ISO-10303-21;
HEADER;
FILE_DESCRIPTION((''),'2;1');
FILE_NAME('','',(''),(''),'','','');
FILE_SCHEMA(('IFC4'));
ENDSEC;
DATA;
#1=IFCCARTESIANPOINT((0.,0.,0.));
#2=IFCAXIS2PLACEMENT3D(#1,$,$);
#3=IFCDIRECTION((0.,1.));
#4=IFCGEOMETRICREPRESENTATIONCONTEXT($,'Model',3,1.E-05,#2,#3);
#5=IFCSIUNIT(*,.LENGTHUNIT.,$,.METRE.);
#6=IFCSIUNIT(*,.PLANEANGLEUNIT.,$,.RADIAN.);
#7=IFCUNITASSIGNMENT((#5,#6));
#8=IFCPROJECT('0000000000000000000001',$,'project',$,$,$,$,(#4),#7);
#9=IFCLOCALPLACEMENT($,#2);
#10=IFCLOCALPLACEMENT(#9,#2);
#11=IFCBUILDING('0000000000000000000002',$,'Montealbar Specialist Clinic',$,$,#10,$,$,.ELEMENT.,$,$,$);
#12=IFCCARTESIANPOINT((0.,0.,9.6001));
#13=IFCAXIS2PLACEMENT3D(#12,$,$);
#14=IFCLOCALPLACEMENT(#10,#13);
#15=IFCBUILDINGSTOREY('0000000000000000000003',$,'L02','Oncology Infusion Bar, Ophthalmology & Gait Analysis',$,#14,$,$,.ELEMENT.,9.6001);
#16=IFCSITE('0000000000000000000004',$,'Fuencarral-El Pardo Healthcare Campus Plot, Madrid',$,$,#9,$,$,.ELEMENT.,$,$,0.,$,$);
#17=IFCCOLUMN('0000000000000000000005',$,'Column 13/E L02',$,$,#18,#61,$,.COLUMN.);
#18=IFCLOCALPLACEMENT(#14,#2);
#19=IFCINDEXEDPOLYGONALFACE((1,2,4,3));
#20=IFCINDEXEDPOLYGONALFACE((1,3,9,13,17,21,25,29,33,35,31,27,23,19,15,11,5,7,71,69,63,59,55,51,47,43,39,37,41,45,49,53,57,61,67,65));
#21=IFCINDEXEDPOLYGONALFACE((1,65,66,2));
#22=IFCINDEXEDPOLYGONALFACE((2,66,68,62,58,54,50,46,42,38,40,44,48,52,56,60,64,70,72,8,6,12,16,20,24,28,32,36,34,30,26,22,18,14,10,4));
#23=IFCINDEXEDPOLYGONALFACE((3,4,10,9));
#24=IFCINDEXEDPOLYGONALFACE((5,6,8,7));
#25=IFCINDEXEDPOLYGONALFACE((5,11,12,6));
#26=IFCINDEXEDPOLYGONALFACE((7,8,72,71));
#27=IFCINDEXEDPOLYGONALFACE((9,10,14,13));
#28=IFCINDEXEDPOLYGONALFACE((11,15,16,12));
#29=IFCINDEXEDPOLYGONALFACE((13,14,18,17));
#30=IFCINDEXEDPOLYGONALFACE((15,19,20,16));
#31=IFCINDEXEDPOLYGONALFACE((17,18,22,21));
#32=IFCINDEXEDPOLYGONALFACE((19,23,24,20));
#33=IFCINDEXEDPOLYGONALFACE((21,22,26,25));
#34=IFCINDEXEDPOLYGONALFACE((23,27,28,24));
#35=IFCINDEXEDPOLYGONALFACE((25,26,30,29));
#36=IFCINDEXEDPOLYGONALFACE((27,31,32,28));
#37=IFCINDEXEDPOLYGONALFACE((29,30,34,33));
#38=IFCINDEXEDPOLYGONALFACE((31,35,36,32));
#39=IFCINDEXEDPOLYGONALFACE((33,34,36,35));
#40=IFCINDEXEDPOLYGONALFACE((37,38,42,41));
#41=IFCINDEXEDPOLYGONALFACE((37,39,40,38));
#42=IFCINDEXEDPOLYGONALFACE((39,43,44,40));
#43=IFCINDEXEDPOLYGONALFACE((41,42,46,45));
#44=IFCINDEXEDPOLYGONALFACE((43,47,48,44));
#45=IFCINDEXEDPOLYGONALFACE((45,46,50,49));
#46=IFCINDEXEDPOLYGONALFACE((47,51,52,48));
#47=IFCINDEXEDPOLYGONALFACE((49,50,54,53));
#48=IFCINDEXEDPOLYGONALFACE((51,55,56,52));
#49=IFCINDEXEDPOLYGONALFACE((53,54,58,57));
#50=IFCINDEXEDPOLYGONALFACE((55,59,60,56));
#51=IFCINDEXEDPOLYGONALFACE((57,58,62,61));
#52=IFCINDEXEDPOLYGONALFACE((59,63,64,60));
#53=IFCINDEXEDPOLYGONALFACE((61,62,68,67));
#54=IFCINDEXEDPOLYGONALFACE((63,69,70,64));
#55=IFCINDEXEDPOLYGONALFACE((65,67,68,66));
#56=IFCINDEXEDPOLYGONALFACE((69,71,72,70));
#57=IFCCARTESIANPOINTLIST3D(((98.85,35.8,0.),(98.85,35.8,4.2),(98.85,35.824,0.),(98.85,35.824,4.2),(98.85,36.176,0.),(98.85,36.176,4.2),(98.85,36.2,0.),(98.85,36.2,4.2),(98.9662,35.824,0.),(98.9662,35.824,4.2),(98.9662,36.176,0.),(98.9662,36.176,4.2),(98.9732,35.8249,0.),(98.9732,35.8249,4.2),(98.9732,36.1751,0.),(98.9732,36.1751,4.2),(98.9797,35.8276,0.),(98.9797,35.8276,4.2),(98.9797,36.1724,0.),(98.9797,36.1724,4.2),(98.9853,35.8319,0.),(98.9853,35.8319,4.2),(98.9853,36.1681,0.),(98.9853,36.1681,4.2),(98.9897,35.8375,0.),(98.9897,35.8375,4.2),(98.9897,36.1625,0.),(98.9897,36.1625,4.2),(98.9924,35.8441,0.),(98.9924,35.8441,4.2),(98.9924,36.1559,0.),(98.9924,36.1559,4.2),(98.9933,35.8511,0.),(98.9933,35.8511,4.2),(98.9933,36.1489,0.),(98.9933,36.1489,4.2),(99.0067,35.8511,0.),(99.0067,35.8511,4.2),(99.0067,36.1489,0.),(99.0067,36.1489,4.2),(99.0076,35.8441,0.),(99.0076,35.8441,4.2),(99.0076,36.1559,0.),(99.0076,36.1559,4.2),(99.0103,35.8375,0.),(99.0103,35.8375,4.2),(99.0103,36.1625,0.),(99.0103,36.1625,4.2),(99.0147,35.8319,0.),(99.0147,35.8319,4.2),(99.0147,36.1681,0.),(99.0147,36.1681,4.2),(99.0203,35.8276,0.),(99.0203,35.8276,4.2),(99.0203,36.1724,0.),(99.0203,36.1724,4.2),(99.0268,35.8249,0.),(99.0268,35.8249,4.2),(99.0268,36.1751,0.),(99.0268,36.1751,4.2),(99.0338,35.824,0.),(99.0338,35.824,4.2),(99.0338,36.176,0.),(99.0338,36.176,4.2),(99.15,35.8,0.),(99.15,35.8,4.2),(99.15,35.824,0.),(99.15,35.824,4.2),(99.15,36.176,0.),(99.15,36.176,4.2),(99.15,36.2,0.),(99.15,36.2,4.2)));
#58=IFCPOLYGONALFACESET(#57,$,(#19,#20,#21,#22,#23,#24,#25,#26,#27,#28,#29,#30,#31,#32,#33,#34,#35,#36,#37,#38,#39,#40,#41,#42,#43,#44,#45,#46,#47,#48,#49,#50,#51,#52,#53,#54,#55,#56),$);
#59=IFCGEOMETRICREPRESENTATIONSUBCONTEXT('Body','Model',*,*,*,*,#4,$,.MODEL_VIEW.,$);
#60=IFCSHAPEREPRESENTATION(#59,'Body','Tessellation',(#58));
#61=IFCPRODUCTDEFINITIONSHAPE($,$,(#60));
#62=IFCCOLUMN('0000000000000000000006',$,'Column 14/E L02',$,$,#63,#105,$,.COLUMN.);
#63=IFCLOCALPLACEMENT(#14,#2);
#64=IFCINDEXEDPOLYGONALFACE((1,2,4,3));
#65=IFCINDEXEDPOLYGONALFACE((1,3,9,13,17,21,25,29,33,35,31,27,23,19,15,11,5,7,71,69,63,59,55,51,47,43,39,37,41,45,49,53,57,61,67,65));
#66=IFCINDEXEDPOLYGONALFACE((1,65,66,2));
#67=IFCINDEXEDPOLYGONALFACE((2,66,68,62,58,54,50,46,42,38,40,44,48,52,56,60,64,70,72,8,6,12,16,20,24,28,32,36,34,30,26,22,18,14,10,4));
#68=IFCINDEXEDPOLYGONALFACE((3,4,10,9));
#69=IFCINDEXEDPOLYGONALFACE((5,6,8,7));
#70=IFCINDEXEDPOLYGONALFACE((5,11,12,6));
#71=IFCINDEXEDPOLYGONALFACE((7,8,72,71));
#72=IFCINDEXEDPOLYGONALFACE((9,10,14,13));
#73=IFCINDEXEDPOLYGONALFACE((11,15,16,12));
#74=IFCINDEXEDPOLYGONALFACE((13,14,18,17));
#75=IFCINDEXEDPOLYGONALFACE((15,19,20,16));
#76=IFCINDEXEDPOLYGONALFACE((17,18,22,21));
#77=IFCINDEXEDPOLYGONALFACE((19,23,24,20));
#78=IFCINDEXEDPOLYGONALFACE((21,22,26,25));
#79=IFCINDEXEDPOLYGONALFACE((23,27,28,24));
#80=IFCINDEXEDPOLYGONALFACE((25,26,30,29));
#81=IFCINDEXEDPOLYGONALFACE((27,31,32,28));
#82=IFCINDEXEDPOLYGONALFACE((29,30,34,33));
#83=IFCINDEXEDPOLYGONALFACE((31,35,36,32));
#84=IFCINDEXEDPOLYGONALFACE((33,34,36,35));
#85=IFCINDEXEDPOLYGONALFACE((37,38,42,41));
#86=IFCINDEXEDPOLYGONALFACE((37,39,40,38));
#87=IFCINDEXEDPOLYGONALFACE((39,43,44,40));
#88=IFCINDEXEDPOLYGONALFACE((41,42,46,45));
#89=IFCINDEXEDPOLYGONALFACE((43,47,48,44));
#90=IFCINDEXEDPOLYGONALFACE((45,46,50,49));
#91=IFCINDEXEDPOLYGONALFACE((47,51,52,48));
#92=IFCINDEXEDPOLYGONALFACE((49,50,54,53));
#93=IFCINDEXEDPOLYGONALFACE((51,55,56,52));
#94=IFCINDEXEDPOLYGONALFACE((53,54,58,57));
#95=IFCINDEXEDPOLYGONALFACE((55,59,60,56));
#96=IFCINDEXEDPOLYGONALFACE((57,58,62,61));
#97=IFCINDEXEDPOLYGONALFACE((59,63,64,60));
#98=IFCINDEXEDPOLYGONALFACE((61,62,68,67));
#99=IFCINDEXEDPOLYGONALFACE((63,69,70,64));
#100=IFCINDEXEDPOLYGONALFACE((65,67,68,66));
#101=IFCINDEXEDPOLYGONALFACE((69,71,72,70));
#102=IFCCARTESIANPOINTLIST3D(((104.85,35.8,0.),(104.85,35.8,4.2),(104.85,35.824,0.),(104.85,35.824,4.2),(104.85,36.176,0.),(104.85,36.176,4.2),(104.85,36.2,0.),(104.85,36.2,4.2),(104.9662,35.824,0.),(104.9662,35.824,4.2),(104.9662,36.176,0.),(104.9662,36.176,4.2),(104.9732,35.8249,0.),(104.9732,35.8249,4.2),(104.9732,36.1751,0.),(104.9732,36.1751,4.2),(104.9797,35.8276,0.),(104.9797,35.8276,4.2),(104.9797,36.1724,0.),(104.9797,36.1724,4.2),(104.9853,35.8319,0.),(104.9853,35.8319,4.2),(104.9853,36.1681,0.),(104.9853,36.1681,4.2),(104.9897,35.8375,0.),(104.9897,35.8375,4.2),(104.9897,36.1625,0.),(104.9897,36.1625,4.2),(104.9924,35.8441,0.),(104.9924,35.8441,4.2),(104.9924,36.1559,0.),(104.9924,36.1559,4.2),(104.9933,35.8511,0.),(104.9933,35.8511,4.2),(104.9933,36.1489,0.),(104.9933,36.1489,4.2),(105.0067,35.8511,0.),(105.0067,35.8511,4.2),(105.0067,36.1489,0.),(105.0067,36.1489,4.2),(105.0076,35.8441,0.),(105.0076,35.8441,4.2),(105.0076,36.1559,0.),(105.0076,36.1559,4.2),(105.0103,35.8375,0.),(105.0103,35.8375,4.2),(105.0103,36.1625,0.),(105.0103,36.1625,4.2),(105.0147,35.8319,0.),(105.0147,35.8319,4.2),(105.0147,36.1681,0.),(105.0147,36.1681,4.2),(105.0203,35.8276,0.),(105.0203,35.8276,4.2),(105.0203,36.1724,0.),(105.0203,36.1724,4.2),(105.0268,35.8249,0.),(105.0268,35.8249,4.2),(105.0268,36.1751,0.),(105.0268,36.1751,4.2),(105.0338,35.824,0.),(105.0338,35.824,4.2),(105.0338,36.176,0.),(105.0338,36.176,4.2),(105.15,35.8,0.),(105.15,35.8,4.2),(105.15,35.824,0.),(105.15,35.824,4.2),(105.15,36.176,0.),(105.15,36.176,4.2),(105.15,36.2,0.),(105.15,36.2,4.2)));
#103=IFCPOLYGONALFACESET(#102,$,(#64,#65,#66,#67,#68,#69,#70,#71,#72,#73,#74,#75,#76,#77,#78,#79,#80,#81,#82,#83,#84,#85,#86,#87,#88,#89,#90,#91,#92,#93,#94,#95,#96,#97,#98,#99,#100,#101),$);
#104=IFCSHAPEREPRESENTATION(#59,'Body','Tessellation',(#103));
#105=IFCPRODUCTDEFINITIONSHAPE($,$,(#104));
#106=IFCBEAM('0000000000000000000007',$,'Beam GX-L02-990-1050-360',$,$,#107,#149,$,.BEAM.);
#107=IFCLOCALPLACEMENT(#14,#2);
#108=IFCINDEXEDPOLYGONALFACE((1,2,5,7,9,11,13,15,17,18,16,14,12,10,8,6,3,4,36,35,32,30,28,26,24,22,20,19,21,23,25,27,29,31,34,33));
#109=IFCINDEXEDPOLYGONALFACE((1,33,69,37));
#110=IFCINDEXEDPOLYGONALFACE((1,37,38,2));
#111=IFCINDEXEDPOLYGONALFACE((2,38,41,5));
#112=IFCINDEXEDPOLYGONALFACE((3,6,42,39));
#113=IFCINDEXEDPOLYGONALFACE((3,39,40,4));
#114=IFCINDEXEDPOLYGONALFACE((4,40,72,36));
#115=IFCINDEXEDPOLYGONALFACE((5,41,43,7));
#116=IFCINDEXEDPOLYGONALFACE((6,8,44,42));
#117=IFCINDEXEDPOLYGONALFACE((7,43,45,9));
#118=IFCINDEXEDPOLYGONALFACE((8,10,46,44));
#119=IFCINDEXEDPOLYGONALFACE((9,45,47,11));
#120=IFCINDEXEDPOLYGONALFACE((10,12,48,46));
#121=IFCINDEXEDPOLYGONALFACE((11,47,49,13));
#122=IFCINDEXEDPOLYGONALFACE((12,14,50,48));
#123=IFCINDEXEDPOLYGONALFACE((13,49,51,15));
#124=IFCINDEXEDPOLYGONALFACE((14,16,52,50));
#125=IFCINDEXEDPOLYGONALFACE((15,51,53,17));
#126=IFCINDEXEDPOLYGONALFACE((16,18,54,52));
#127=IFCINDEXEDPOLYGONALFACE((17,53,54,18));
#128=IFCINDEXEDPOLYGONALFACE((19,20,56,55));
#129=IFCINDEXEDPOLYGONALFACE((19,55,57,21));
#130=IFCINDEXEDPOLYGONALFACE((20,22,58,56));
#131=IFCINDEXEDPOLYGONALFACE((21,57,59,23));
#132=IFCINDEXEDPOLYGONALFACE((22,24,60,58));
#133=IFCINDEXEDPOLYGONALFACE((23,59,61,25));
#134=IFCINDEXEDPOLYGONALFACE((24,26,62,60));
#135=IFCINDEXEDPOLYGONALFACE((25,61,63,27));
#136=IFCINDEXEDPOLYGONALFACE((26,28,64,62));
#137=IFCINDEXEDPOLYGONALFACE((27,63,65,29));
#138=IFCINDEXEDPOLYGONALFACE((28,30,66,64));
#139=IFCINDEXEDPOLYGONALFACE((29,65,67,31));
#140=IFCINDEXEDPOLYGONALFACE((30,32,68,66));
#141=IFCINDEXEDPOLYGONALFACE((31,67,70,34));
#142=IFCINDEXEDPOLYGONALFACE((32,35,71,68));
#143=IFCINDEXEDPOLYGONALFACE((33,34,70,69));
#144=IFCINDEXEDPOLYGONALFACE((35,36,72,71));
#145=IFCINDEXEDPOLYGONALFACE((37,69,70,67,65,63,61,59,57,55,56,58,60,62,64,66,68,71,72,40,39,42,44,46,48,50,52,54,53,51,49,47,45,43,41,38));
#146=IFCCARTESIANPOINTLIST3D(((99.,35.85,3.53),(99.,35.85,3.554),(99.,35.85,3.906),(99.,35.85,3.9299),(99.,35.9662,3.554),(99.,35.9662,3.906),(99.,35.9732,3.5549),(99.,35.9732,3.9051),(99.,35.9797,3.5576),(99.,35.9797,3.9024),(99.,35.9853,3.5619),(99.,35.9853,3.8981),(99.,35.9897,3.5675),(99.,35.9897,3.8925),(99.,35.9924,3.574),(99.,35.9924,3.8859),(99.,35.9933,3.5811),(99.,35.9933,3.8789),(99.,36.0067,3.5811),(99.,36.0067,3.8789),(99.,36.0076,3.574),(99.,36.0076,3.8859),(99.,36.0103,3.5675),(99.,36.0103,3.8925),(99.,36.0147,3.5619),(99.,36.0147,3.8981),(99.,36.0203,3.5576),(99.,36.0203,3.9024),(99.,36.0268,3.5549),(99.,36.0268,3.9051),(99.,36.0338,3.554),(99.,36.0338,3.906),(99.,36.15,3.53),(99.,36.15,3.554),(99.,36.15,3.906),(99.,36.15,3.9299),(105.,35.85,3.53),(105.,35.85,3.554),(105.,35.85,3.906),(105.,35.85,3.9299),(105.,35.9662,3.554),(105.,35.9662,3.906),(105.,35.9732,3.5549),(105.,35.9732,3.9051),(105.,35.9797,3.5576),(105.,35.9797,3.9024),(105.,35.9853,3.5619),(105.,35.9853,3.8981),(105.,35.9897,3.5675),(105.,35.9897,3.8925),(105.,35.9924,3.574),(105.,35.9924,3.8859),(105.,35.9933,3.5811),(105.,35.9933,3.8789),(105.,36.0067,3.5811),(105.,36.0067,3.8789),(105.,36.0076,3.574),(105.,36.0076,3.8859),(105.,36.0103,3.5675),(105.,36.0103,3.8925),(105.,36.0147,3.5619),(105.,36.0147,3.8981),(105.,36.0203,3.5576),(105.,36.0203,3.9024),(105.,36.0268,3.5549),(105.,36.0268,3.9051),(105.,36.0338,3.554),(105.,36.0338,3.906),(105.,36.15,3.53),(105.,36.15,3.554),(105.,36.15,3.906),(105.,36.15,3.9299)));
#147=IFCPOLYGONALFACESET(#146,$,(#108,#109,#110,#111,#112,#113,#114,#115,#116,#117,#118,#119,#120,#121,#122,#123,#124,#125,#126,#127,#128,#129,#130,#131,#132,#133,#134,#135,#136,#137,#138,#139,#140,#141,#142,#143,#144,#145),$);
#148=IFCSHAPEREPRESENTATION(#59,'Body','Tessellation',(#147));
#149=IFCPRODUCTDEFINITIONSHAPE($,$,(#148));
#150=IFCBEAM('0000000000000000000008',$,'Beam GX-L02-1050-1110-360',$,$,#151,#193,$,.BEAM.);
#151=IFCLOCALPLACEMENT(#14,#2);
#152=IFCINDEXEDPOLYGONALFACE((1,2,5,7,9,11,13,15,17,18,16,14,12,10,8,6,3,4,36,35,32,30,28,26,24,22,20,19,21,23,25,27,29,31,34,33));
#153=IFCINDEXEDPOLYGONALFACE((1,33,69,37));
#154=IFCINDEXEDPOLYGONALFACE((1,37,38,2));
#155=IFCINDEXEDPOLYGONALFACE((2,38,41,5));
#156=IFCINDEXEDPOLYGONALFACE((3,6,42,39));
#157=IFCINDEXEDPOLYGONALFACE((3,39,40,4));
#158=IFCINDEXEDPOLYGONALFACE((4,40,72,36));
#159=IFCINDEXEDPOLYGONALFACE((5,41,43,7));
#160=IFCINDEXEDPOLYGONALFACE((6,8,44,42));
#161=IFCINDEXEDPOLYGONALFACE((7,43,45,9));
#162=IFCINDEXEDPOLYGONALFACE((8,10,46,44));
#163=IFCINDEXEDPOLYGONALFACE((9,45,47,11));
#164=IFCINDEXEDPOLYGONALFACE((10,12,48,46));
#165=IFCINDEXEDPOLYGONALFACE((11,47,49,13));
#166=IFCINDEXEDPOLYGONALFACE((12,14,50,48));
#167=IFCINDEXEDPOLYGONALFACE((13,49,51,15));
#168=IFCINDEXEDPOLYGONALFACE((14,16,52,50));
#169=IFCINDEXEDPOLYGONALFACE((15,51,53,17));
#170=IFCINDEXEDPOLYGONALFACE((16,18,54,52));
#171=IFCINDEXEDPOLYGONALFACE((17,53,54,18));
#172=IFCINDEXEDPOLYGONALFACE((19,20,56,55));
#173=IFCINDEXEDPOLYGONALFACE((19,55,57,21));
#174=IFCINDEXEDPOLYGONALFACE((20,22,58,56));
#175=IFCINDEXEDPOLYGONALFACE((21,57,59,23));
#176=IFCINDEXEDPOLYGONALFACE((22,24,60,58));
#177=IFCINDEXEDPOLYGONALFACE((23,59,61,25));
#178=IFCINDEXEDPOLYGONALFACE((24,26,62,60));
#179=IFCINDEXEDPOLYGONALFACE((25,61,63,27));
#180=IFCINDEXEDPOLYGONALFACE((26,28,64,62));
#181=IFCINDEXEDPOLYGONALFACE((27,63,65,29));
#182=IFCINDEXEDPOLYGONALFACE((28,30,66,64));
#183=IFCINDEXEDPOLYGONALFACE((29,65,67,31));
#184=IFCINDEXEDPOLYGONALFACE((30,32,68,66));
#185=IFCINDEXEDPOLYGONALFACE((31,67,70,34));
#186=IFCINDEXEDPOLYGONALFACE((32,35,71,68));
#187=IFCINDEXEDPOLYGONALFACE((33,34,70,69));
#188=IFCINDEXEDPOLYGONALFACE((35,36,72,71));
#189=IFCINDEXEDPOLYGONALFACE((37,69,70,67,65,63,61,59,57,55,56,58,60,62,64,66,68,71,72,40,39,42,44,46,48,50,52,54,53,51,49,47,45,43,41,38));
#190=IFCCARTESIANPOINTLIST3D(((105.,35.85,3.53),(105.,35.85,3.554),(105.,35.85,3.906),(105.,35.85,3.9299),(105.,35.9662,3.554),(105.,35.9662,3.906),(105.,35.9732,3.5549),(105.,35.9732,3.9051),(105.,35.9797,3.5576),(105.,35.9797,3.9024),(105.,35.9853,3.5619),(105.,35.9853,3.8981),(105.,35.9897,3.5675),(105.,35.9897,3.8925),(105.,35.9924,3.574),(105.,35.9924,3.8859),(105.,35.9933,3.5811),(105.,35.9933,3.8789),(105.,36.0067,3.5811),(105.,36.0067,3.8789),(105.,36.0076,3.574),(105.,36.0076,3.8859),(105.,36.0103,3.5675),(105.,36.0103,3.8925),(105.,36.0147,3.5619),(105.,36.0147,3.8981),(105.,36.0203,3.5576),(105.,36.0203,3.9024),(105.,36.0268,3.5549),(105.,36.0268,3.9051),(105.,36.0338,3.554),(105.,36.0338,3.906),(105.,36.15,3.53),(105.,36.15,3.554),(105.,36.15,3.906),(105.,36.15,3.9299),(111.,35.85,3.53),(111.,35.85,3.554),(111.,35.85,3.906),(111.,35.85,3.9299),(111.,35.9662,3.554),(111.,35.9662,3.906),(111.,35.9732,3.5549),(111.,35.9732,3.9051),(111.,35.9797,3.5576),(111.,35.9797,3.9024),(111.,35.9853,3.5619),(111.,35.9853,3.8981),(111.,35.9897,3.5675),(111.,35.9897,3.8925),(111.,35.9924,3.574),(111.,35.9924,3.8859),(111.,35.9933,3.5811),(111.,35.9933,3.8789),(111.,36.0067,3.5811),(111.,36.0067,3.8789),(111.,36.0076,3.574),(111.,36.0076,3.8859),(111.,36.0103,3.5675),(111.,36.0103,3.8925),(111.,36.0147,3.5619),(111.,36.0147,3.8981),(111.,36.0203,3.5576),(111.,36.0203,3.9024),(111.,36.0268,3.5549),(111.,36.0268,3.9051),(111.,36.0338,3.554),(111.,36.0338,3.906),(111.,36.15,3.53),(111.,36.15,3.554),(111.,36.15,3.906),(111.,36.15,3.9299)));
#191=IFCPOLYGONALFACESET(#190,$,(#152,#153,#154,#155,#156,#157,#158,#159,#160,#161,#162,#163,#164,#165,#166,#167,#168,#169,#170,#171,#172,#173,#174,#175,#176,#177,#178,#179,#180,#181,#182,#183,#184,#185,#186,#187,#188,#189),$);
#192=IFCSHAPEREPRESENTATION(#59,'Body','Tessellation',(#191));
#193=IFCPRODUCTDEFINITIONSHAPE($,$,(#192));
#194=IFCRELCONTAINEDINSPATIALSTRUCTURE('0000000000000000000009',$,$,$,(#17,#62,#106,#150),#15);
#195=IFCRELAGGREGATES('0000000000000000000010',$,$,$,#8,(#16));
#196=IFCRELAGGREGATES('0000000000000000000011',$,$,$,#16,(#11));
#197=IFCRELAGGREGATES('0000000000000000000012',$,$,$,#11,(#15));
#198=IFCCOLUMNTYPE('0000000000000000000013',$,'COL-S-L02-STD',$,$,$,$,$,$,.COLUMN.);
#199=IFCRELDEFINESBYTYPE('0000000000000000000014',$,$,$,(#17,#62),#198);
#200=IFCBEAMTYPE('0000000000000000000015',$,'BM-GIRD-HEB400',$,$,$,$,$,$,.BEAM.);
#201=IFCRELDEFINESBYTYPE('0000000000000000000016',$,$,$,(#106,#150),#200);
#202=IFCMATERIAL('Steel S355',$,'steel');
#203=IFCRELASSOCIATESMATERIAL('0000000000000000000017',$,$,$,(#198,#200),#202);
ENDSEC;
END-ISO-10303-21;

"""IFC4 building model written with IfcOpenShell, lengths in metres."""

from ifc_helpers import new_model, si_unit, direction, frame, origin, origin_2d, place, context, subcontext, project, spatial, i_section, extrude, material, material_profile, profile_set, type_object, element, save


model = new_model("IFC4")

# Units and contexts
model_context = context("Model", 3, precision=1e-05, world=origin(), true_north=direction((0.0, 1.0)))
body_context = subcontext(model_context, "Body", "Model", "MODEL_VIEW")
ifc_project = project(units=[si_unit("LENGTHUNIT", "METRE"), si_unit("PLANEANGLEUNIT", "RADIAN")], contexts=[model_context])

# Site, building, storey
site_placement = place(None, origin())
site = spatial("IfcSite", under=ifc_project, at=site_placement, Name="Fuencarral-El Pardo Healthcare Campus Plot, Madrid", CompositionType="ELEMENT", RefElevation=0.0)
building_placement = place(site_placement, origin())
building = spatial("IfcBuilding", under=site, at=building_placement, Name="Montealbar Specialist Clinic", CompositionType="ELEMENT")
storey_placement = place(building_placement, frame((0.0, 0.0, 9.6001)))
storey = spatial("IfcBuildingStorey", under=building, at=storey_placement, Name="L02", Description="Oncology Infusion Bar, Ophthalmology & Gait Analysis", CompositionType="ELEMENT", Elevation=9.6001)

# Columns
ifc_material_1 = material(Name="Steel S355", Category="steel")
ifc_material_profile_1 = material_profile(ifc_material_1, i_section(OverallWidth=0.3, OverallDepth=0.3999, WebThickness=0.0134, FlangeThickness=0.0239, FilletRadius=0.0271, at=origin_2d()), Name="HEB 400", Category="steel")
ifc_profile_set_1 = profile_set([ifc_material_profile_1], Name="Steel S355")
column_type = type_object("IfcColumnType", Name="COL-S-L02-STD", PredefinedType="COLUMN", material=ifc_profile_set_1)
for number, where, z_axis, x_axis, name in (
    (1, (99.0, 36.0, 0.0), (0.0, 0.0, 1.0), (1.0, 0.0, 0.0), "Column 13/E L02"),
    (2, (105.0, 36.0, 0.0), (0.0, 0.0, 1.0), (1.0, 0.0, 0.0), "Column 14/E L02"),
):
    element("IfcColumn", number, at=place(storey_placement, frame(where, z_axis=z_axis, x_axis=x_axis)), inside=storey, type_object=column_type, Name=name, PredefinedType="COLUMN", context=body_context, shape_type="SweptSolid", body=[
        extrude(i_section(OverallWidth=0.3, OverallDepth=0.3999, WebThickness=0.0134, FlangeThickness=0.0239, FilletRadius=0.0271, at=origin_2d()), origin(), (0.0, 0.0, 1.0), 4.2),
    ])

# Beams
ifc_material_profile_2 = material_profile(ifc_material_1, i_section(OverallWidth=0.3, OverallDepth=0.3999, WebThickness=0.0134, FlangeThickness=0.0239, FilletRadius=0.0271, at=origin_2d()), Name="HEB 400", Category="steel")
ifc_profile_set_2 = profile_set([ifc_material_profile_2], Name="Steel S355")
beam_type_1 = type_object("IfcBeamType", Name="BM-GIRD-HEB400", PredefinedType="BEAM", material=ifc_profile_set_2)
for number, where, z_axis, x_axis, name in (
    (3, (99.0, 36.0, 3.73), (1.0, 0.0, 0.0), (0.0, 1.0, 0.0), "Beam GX-L02-990-1050-360"),
    (4, (105.0, 36.0, 3.73), (1.0, 0.0, 0.0), (0.0, 1.0, 0.0), "Beam GX-L02-1050-1110-360"),
):
    element("IfcBeam", number, at=place(storey_placement, frame(where, z_axis=z_axis, x_axis=x_axis)), inside=storey, type_object=beam_type_1, Name=name, PredefinedType="BEAM", context=body_context, shape_type="SweptSolid", body=[
        extrude(i_section(OverallWidth=0.3, OverallDepth=0.3999, WebThickness=0.0134, FlangeThickness=0.0239, FilletRadius=0.0271, at=origin_2d()), origin(), (0.0, 0.0, 1.0), 6.0),
    ])

save(model, "model.ifc")
